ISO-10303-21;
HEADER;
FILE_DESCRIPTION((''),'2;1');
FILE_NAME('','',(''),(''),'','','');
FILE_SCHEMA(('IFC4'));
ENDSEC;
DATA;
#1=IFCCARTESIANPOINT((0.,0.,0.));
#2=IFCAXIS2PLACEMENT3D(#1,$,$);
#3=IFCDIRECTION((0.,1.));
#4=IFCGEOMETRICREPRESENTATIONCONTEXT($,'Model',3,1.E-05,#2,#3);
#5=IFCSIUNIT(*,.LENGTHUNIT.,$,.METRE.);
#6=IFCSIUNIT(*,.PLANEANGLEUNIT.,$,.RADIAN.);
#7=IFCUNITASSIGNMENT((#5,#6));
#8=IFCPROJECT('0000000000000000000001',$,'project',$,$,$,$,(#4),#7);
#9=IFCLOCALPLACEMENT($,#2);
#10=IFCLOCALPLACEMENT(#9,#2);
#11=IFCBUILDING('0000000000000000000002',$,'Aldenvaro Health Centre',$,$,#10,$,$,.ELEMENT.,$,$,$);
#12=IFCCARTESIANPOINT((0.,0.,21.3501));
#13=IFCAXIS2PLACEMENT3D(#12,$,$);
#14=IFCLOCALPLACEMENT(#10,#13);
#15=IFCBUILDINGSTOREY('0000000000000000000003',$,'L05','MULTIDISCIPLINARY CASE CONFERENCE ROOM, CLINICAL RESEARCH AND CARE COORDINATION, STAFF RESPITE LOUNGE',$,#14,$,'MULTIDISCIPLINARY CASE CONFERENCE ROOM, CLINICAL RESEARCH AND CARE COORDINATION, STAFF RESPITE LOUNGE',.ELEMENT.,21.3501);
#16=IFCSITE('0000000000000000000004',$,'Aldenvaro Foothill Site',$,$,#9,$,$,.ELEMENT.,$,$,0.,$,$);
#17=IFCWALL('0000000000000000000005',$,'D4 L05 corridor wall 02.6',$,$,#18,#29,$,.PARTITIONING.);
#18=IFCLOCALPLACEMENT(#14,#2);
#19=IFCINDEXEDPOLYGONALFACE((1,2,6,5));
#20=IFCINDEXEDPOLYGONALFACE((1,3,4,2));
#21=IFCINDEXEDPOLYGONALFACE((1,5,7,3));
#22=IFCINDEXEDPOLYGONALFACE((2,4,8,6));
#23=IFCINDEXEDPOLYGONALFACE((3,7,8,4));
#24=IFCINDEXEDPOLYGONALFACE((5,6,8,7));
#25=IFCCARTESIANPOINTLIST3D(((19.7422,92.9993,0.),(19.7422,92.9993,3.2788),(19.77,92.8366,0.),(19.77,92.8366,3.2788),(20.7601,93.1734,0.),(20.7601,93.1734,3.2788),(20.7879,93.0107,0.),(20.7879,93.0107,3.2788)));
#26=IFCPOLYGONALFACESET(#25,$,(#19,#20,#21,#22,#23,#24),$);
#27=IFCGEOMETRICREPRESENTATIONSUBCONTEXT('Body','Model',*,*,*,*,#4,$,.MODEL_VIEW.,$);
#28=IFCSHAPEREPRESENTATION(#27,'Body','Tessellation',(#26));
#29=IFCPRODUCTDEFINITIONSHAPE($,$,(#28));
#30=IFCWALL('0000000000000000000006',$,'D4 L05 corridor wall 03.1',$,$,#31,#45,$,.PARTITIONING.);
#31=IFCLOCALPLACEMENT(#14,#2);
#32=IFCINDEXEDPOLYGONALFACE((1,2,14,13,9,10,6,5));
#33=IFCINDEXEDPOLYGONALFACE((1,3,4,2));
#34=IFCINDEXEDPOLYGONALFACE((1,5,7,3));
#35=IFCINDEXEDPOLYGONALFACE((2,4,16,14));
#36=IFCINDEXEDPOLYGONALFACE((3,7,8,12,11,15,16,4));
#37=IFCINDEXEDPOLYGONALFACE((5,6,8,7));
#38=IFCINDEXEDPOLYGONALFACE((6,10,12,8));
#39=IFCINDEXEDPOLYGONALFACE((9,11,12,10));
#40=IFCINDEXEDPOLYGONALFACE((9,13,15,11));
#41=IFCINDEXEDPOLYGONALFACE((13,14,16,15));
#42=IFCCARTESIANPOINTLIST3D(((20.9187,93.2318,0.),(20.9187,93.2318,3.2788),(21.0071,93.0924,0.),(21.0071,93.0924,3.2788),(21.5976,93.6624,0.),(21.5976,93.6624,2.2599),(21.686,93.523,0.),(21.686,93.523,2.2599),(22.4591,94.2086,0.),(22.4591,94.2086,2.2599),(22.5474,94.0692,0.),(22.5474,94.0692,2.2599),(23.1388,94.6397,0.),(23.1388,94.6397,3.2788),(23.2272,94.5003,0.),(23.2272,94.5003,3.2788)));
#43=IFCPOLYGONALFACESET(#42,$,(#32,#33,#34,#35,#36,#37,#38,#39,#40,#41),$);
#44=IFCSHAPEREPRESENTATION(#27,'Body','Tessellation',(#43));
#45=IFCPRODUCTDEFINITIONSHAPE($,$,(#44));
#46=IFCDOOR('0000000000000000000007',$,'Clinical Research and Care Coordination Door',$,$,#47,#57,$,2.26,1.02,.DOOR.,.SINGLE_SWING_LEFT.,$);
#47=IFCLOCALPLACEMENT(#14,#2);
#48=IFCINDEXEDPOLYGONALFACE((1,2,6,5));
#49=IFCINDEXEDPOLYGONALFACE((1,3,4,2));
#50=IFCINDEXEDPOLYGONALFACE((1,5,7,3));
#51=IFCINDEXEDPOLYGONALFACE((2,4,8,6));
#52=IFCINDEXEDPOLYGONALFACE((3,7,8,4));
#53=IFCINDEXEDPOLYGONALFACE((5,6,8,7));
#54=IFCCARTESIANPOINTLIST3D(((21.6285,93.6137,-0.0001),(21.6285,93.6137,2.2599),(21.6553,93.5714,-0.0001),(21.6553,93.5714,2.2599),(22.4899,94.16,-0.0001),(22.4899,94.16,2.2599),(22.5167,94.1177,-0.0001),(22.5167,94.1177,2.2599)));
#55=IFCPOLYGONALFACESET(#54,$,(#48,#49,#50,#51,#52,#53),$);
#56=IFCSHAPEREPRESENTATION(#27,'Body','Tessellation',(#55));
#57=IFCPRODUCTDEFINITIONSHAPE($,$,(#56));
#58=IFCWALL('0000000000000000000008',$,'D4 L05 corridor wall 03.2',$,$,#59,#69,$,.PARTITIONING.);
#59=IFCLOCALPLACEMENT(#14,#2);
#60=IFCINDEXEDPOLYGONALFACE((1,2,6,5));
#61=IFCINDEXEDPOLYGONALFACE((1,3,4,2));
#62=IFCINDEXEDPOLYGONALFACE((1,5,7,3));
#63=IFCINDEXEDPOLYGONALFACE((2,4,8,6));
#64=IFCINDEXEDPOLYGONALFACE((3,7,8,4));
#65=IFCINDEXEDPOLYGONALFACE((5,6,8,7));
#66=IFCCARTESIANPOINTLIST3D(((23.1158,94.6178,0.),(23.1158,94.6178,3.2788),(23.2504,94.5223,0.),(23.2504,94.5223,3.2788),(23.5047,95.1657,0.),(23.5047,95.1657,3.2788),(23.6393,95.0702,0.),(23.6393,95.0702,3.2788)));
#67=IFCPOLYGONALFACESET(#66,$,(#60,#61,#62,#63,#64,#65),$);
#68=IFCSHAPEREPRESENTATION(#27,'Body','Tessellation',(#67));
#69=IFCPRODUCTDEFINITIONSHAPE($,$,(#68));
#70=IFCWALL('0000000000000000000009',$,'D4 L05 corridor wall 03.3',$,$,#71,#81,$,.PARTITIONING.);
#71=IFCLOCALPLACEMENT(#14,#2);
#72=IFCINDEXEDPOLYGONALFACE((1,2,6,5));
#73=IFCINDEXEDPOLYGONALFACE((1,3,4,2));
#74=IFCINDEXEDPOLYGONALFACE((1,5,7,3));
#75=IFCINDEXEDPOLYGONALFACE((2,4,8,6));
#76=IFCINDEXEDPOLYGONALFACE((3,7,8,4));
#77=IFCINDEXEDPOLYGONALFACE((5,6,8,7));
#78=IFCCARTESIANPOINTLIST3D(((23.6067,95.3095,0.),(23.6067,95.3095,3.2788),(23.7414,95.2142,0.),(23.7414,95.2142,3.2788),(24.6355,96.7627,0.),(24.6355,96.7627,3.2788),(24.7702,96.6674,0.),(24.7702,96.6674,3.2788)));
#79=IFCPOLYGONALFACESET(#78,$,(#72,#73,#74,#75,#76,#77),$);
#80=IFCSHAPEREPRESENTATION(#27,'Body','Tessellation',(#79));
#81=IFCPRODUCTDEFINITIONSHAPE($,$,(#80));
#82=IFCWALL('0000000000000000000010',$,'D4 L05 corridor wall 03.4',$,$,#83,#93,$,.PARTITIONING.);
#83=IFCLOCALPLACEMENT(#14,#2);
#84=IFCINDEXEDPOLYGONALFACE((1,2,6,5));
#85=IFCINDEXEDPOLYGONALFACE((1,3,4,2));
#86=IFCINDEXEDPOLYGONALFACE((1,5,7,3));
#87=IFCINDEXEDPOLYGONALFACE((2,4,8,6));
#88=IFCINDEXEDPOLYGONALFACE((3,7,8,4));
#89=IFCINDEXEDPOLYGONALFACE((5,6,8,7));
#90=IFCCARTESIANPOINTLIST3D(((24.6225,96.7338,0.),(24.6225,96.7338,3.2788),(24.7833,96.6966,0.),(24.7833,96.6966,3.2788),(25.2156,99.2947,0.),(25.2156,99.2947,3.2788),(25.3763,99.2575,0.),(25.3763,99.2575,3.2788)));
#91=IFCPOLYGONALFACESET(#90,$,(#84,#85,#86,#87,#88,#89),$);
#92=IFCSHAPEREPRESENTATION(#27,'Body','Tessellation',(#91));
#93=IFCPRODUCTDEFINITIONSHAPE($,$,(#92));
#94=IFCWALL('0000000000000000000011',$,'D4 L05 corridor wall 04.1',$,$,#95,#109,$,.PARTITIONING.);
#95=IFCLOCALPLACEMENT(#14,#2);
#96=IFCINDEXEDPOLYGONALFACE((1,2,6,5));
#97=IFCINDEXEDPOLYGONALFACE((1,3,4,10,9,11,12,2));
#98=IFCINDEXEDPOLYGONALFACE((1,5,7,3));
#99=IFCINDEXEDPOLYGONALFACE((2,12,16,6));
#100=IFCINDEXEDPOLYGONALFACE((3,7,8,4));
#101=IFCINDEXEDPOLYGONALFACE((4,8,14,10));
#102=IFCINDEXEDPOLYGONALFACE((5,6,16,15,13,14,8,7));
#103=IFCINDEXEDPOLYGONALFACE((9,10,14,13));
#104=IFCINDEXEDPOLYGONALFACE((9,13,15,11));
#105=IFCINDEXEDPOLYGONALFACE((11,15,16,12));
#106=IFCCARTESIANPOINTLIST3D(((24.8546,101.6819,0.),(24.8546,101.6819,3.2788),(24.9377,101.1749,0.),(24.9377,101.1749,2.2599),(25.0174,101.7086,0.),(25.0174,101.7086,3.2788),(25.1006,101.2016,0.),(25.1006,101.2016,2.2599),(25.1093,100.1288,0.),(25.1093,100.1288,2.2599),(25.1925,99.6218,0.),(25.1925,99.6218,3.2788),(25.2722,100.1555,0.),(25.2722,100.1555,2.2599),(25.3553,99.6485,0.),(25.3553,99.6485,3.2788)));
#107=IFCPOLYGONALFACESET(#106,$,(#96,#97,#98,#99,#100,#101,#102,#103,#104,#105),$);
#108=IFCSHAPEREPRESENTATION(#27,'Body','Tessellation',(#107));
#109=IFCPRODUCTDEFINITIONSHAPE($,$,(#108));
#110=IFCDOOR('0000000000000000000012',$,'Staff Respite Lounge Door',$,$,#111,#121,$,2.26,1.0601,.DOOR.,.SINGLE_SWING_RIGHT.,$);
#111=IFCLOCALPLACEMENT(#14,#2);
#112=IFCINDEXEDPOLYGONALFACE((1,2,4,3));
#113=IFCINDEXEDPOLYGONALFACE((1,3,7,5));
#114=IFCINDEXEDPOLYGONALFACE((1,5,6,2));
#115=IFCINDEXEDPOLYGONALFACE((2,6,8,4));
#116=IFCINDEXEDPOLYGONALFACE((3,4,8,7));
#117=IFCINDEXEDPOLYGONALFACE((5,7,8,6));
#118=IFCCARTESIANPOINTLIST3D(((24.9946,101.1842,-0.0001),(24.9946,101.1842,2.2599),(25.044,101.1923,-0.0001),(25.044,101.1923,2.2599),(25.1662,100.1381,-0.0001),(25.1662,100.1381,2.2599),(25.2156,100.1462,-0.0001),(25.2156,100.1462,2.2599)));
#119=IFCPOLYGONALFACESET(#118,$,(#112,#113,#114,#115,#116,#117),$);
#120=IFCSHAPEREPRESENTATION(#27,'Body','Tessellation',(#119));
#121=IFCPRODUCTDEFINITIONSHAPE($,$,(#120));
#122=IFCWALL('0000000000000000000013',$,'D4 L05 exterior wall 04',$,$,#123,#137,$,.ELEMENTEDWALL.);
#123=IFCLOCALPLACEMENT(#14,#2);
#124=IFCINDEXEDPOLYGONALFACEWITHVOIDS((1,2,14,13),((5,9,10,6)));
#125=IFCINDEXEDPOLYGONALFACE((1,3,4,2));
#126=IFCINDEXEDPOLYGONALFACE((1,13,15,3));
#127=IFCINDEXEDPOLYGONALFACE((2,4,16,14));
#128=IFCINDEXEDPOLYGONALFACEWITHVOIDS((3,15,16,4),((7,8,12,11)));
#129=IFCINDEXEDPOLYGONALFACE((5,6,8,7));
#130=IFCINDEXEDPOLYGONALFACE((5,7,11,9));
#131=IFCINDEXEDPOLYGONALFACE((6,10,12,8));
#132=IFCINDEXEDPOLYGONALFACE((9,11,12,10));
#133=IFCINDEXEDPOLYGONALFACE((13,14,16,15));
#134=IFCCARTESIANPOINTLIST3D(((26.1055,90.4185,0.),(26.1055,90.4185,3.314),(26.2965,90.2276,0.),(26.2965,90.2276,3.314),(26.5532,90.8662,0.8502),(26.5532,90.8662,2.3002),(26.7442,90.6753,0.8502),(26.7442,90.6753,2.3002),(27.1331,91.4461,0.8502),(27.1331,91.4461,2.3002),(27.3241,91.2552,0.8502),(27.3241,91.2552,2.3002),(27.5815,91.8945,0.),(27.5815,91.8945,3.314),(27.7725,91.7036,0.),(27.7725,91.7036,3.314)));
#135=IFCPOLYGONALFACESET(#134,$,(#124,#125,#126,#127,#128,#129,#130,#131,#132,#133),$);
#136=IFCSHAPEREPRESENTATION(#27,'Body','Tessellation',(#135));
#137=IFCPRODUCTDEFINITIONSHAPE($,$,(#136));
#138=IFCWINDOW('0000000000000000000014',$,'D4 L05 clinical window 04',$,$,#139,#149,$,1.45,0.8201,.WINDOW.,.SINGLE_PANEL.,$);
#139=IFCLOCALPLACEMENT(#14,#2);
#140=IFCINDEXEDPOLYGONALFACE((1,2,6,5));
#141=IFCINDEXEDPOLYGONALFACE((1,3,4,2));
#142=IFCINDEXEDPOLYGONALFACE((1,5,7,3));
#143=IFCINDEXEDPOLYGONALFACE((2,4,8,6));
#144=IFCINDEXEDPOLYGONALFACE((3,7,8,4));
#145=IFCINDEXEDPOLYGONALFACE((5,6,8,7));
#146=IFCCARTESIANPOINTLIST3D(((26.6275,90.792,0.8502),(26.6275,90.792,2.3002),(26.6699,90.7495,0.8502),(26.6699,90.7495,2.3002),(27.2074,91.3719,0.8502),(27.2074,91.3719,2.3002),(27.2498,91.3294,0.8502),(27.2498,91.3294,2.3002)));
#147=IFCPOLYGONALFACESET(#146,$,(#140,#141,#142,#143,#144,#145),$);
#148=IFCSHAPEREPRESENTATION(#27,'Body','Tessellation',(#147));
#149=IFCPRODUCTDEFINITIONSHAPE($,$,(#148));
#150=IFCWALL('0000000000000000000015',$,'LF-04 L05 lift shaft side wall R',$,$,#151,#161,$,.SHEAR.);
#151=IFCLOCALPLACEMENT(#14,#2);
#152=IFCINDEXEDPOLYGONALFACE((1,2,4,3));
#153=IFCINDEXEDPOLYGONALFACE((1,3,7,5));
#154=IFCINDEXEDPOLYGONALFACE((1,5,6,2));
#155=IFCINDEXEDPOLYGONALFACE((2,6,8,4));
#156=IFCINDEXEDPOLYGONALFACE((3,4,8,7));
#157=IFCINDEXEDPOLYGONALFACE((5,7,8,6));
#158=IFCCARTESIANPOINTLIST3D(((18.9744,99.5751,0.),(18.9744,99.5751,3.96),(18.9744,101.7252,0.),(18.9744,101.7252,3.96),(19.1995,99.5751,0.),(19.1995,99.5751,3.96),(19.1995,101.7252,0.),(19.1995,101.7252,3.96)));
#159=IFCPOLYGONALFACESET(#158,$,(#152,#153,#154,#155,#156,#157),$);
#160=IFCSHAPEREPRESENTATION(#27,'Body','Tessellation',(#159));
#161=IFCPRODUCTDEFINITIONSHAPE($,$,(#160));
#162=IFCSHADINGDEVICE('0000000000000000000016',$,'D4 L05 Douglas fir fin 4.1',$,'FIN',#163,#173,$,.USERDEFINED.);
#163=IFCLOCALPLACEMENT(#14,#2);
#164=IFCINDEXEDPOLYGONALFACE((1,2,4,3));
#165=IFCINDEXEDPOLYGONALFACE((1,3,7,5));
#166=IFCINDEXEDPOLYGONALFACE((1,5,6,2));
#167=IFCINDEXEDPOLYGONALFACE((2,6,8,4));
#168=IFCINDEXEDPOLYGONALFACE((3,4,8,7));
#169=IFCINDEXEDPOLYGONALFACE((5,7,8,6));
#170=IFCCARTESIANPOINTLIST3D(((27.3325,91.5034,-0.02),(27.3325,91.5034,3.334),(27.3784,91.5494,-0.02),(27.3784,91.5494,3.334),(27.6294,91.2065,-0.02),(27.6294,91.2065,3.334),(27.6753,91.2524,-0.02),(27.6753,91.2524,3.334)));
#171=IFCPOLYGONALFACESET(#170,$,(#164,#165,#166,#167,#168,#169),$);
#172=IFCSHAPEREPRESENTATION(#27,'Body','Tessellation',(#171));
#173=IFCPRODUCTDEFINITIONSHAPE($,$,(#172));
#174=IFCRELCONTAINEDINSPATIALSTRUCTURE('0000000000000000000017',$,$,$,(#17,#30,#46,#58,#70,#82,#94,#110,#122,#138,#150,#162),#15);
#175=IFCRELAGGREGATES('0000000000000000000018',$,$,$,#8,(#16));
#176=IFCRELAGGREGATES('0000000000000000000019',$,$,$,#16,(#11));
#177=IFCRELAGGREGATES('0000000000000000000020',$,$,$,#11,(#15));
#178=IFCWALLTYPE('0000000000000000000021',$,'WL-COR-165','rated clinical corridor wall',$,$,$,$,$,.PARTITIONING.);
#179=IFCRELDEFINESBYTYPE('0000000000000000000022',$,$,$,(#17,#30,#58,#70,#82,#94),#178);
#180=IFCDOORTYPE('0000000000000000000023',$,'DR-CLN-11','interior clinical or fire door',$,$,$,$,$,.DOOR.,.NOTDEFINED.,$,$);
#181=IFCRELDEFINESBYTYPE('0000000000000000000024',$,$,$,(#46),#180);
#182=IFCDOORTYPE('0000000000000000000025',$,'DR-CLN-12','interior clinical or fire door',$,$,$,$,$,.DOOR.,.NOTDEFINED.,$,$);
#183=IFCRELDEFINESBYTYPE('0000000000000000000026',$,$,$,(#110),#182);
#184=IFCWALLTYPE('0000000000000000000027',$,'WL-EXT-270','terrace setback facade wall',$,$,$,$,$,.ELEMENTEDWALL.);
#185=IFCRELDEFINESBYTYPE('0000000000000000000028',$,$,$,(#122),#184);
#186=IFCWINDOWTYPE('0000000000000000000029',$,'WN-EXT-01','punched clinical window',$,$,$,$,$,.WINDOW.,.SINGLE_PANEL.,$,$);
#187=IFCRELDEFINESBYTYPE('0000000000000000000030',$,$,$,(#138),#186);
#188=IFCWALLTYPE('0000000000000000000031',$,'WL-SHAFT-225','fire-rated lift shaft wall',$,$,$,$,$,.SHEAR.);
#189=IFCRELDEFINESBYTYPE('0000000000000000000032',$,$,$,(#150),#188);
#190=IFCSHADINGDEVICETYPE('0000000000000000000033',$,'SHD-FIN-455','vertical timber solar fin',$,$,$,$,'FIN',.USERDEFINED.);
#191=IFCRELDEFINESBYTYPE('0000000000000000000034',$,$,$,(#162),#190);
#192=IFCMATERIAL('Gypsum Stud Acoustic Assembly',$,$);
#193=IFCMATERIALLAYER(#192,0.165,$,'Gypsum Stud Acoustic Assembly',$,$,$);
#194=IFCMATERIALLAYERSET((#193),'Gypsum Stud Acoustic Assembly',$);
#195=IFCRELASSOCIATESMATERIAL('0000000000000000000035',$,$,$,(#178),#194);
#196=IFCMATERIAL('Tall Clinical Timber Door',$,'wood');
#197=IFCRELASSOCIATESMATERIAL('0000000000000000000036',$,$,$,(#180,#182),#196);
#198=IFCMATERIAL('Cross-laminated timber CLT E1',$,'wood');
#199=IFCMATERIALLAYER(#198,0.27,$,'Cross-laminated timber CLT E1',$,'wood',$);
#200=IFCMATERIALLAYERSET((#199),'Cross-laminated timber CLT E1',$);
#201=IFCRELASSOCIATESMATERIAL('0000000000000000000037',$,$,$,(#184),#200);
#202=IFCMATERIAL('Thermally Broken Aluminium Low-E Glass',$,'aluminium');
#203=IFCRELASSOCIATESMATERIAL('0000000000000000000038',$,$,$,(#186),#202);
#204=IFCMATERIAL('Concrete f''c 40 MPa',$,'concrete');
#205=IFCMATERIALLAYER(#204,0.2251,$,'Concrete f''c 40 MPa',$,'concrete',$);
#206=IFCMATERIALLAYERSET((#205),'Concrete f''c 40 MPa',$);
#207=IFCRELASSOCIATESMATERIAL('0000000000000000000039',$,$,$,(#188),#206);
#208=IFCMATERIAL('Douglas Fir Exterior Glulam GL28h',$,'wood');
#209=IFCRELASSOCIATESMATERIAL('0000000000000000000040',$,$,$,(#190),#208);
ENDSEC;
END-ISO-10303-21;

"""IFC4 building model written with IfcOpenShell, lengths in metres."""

from ifc_helpers import new_model, si_unit, direction, frame, frame_2d, origin, origin_2d, place, context, subcontext, project, spatial, rectangle, extrude, material, layer, layer_set, type_object, element, fill, save


model = new_model("IFC4")

# Units and contexts
model_context = context("Model", 3, precision=1e-05, world=origin(), true_north=direction((0.0, 1.0)))
body_context = subcontext(model_context, "Body", "Model", "MODEL_VIEW")
ifc_project = project(units=[si_unit("LENGTHUNIT", "METRE"), si_unit("PLANEANGLEUNIT", "RADIAN")], contexts=[model_context])

# Site, building, storey
site_placement = place(None, origin())
site = spatial("IfcSite", under=ifc_project, at=site_placement, Name="Aldenvaro Foothill Site", CompositionType="ELEMENT", RefElevation=0.0)
building_placement = place(site_placement, origin())
building = spatial("IfcBuilding", under=site, at=building_placement, Name="Aldenvaro Health Centre", CompositionType="ELEMENT")
storey_placement = place(building_placement, frame((0.0, 0.0, 21.3501)))
storey = spatial("IfcBuildingStorey", under=building, at=storey_placement, Name="L05", Description="MULTIDISCIPLINARY CASE CONFERENCE ROOM, CLINICAL RESEARCH AND CARE COORDINATION, STAFF RESPITE LOUNGE", LongName="MULTIDISCIPLINARY CASE CONFERENCE ROOM, CLINICAL RESEARCH AND CARE COORDINATION, STAFF RESPITE LOUNGE", CompositionType="ELEMENT", Elevation=21.3501)

# Wall
ifc_material_1 = material(Name="Gypsum Stud Acoustic Assembly")
ifc_layer_1 = layer(ifc_material_1, 0.165, Name="Gypsum Stud Acoustic Assembly")
ifc_layer_set_1 = layer_set([ifc_layer_1], Name="Gypsum Stud Acoustic Assembly")
wall_type_1 = type_object("IfcWallType", Name="WL-COR-165", Description="rated clinical corridor wall", PredefinedType="PARTITIONING", material=ifc_layer_set_1)
wall_1_placement = place(storey_placement, frame((19.7561, 92.918, 0.0), z_axis=(0.0, 0.0, 1.0), x_axis=(0.985689, 0.168577, 0.0)))
element("IfcWall", 1, at=wall_1_placement, inside=storey, type_object=wall_type_1, Name="D4 L05 corridor wall 02.6", PredefinedType="PARTITIONING", context=body_context, shape_type="SweptSolid", body=[
    extrude(rectangle(XDim=1.0327, YDim=0.165, at=frame_2d((0.5164, 0.0))), origin(), (0.0, 0.0, 1.0), 3.2788),
])

# Wall, opening, door
wall_2_placement = place(storey_placement, frame((20.9629, 93.1621, 0.0), z_axis=(0.0, 0.0, 1.0), x_axis=(0.844506, 0.535547, 0.0)))
wall_2 = element("IfcWall", 2, at=wall_2_placement, inside=storey, type_object=wall_type_1, Name="D4 L05 corridor wall 03.1", PredefinedType="PARTITIONING", context=body_context, shape_type="SweptSolid", body=[
    extrude(rectangle(XDim=2.6289, YDim=0.165, at=frame_2d((1.3145, 0.0))), origin(), (0.0, 0.0, 1.0), 3.2788),
])
opening_1_placement = place(wall_2_placement, frame((0.804, 0.0, 0.0)))
opening_1 = element("IfcOpeningElement", 3, at=opening_1_placement, cuts=wall_2, PredefinedType="OPENING", context=body_context, shape_type="SweptSolid", body=[
    extrude(rectangle(XDim=1.02, YDim=2.26, at=frame_2d((0.51, 1.1299))), frame((0.0, 0.0925, 0.0), z_axis=(0.0, -1.0, 0.0), x_axis=(1.0, 0.0, 0.0)), (0.0, 0.0, 1.0), 0.1851),
])
ifc_material_2 = material(Name="Tall Clinical Timber Door", Category="wood")
door_type_1 = type_object("IfcDoorType", Name="DR-CLN-11", Description="interior clinical or fire door", OperationType="NOTDEFINED", PredefinedType="DOOR", material=ifc_material_2)
door_1_placement = place(opening_1_placement, origin())
door_1 = element("IfcDoor", 4, at=door_1_placement, inside=storey, type_object=door_type_1, Name="Clinical Research and Care Coordination Door", OperationType="SINGLE_SWING_LEFT", OverallHeight=2.26, OverallWidth=1.02, PredefinedType="DOOR", context=body_context, shape_type="SweptSolid", body=[
    extrude(rectangle(XDim=1.02, YDim=2.26, at=frame_2d((0.51, 1.1299))), frame((0.0, 0.0249, 0.0), z_axis=(0.0, -1.0, 0.0), x_axis=(1.0, 0.0, 0.0)), (0.0, 0.0, 1.0), 0.05),
])
fill(opening_1, door_1)

# Walls
wall_3_placement = place(storey_placement, frame((23.1831, 94.5701, 0.0), z_axis=(0.0, 0.0, 1.0), x_axis=(0.578864, 0.815424, 0.0)))
element("IfcWall", 5, at=wall_3_placement, inside=storey, type_object=wall_type_1, Name="D4 L05 corridor wall 03.2", PredefinedType="PARTITIONING", context=body_context, shape_type="SweptSolid", body=[
    extrude(rectangle(XDim=0.6719, YDim=0.165, at=frame_2d((0.3359, 0.0))), origin(), (0.0, 0.0, 1.0), 3.2788),
])
wall_4_placement = place(storey_placement, frame((23.6741, 95.262, 0.0), z_axis=(0.0, 0.0, 1.0), x_axis=(0.577835, 0.816154, 0.0)))
element("IfcWall", 6, at=wall_4_placement, inside=storey, type_object=wall_type_1, Name="D4 L05 corridor wall 03.3", PredefinedType="PARTITIONING", context=body_context, shape_type="SweptSolid", body=[
    extrude(rectangle(XDim=1.7805, YDim=0.165, at=frame_2d((0.8901, 0.0))), origin(), (0.0, 0.0, 1.0), 3.2788),
])
wall_5_placement = place(storey_placement, frame((24.7029, 96.7151, 0.0), z_axis=(0.0, 0.0, 1.0), x_axis=(0.225606, 0.974219, 0.0)))
element("IfcWall", 7, at=wall_5_placement, inside=storey, type_object=wall_type_1, Name="D4 L05 corridor wall 03.4", PredefinedType="PARTITIONING", context=body_context, shape_type="SweptSolid", body=[
    extrude(rectangle(XDim=2.6287, YDim=0.165, at=frame_2d((1.3145, 0.0))), origin(), (0.0, 0.0, 1.0), 3.2788),
])

# Wall, opening, door
wall_6_placement = place(storey_placement, frame((25.2739, 99.635, 0.0), z_axis=(0.0, 0.0, 1.0), x_axis=(-0.161857, 0.986814, 0.0)))
wall_6 = element("IfcWall", 8, at=wall_6_placement, inside=storey, type_object=wall_type_1, Name="D4 L05 corridor wall 04.1", PredefinedType="PARTITIONING", context=body_context, shape_type="SweptSolid", body=[
    extrude(rectangle(XDim=2.0876, YDim=0.165, at=frame_2d((1.0439, 0.0))), origin(), (0.0, 0.0, 1.0), 3.2788),
])
opening_2_placement = place(wall_6_placement, frame((0.5139, 0.0, 0.0)))
opening_2 = element("IfcOpeningElement", 9, at=opening_2_placement, cuts=wall_6, PredefinedType="OPENING", context=body_context, shape_type="SweptSolid", body=[
    extrude(rectangle(XDim=1.0601, YDim=2.26, at=frame_2d((0.53, 1.1299))), frame((0.0, 0.0925, 0.0), z_axis=(0.0, -1.0, 0.0), x_axis=(1.0, 0.0, 0.0)), (0.0, 0.0, 1.0), 0.1851),
])
door_type_2 = type_object("IfcDoorType", Name="DR-CLN-12", Description="interior clinical or fire door", OperationType="NOTDEFINED", PredefinedType="DOOR", material=ifc_material_2)
door_2_placement = place(opening_2_placement, origin())
door_2 = element("IfcDoor", 10, at=door_2_placement, inside=storey, type_object=door_type_2, Name="Staff Respite Lounge Door", OperationType="SINGLE_SWING_RIGHT", OverallHeight=2.26, OverallWidth=1.0601, PredefinedType="DOOR", context=body_context, shape_type="SweptSolid", body=[
    extrude(rectangle(XDim=1.0601, YDim=2.26, at=frame_2d((0.53, 1.1299))), frame((0.0, 0.0249, 0.0), z_axis=(0.0, -1.0, 0.0), x_axis=(1.0, 0.0, 0.0)), (0.0, 0.0, 1.0), 0.05),
])
fill(opening_2, door_2)

# Wall, opening, window
ifc_material_3 = material(Name="Cross-laminated timber CLT E1", Category="wood")
ifc_layer_2 = layer(ifc_material_3, 0.27, Name="Cross-laminated timber CLT E1", Category="wood")
ifc_layer_set_2 = layer_set([ifc_layer_2], Name="Cross-laminated timber CLT E1")
wall_type_2 = type_object("IfcWallType", Name="WL-EXT-270", Description="terrace setback facade wall", PredefinedType="ELEMENTEDWALL", material=ifc_layer_set_2)
wall_7_placement = place(storey_placement, frame((27.677, 91.7991, 0.0), z_axis=(0.0, 0.0, 1.0), x_axis=(-0.707107, -0.707107, 0.0)))
wall_7 = element("IfcWall", 11, at=wall_7_placement, inside=storey, type_object=wall_type_2, Name="D4 L05 exterior wall 04", PredefinedType="ELEMENTEDWALL", context=body_context, shape_type="SweptSolid", body=[
    extrude(rectangle(XDim=2.0874, YDim=0.27, at=frame_2d((1.0437, 0.0))), origin(), (0.0, 0.0, 1.0), 3.314),
])
opening_3_placement = place(wall_7_placement, frame((0.634, 0.0, 0.8501)))
opening_3 = element("IfcOpeningElement", 12, at=opening_3_placement, cuts=wall_7, PredefinedType="OPENING", context=body_context, shape_type="SweptSolid", body=[
    extrude(rectangle(XDim=0.8201, YDim=1.45, at=frame_2d((0.4102, 0.7251))), frame((0.0, 0.145, 0.0), z_axis=(0.0, -1.0, 0.0), x_axis=(1.0, 0.0, 0.0)), (0.0, 0.0, 1.0), 0.29),
])
ifc_material_4 = material(Name="Thermally Broken Aluminium Low-E Glass", Category="aluminium")
window_type = type_object("IfcWindowType", Name="WN-EXT-01", Description="punched clinical window", PartitioningType="SINGLE_PANEL", PredefinedType="WINDOW", material=ifc_material_4)
window_placement = place(opening_3_placement, origin())
window = element("IfcWindow", 13, at=window_placement, inside=storey, type_object=window_type, Name="D4 L05 clinical window 04", OverallHeight=1.45, OverallWidth=0.8201, PartitioningType="SINGLE_PANEL", PredefinedType="WINDOW", context=body_context, shape_type="SweptSolid", body=[
    extrude(rectangle(XDim=0.8201, YDim=1.45, at=frame_2d((0.4102, 0.7251))), frame((0.0, 0.03, 0.0), z_axis=(0.0, -1.0, 0.0), x_axis=(1.0, 0.0, 0.0)), (0.0, 0.0, 1.0), 0.0601),
])
fill(opening_3, window)

# Wall
ifc_material_5 = material(Name="Concrete f'c 40 MPa", Category="concrete")
ifc_layer_3 = layer(ifc_material_5, 0.2251, Name="Concrete f'c 40 MPa", Category="concrete")
ifc_layer_set_3 = layer_set([ifc_layer_3], Name="Concrete f'c 40 MPa")
wall_type_3 = type_object("IfcWallType", Name="WL-SHAFT-225", Description="fire-rated lift shaft wall", PredefinedType="SHEAR", material=ifc_layer_set_3)
wall_8_placement = place(storey_placement, frame((19.0869, 99.575, 0.0), z_axis=(0.0, 0.0, 1.0), x_axis=(0.0, 1.0, 0.0)))
element("IfcWall", 14, at=wall_8_placement, inside=storey, type_object=wall_type_3, Name="LF-04 L05 lift shaft side wall R", PredefinedType="SHEAR", context=body_context, shape_type="SweptSolid", body=[
    extrude(rectangle(XDim=2.1501, YDim=0.2251, at=frame_2d((1.0752, 0.0))), origin(), (0.0, 0.0, 1.0), 3.96),
])

# Shading device
ifc_material_6 = material(Name="Douglas Fir Exterior Glulam GL28h", Category="wood")
shading_device_type = type_object("IfcShadingDeviceType", Name="SHD-FIN-455", Description="vertical timber solar fin", ElementType="FIN", PredefinedType="USERDEFINED", material=ifc_material_6)
shading_device_placement = place(storey_placement, frame((27.5039, 91.3779, -0.02), z_axis=(0.0, 0.0, 1.0), x_axis=(-0.707107, -0.707107, 0.0)))
element("IfcShadingDevice", 15, at=shading_device_placement, inside=storey, type_object=shading_device_type, Name="D4 L05 Douglas fir fin 4.1", ObjectType="FIN", PredefinedType="USERDEFINED", context=body_context, shape_type="SweptSolid", body=[
    extrude(rectangle(XDim=0.0649, YDim=0.4199, at=origin_2d()), origin(), (0.0, 0.0, 1.0), 3.354),
])

save(model, "model.ifc")
